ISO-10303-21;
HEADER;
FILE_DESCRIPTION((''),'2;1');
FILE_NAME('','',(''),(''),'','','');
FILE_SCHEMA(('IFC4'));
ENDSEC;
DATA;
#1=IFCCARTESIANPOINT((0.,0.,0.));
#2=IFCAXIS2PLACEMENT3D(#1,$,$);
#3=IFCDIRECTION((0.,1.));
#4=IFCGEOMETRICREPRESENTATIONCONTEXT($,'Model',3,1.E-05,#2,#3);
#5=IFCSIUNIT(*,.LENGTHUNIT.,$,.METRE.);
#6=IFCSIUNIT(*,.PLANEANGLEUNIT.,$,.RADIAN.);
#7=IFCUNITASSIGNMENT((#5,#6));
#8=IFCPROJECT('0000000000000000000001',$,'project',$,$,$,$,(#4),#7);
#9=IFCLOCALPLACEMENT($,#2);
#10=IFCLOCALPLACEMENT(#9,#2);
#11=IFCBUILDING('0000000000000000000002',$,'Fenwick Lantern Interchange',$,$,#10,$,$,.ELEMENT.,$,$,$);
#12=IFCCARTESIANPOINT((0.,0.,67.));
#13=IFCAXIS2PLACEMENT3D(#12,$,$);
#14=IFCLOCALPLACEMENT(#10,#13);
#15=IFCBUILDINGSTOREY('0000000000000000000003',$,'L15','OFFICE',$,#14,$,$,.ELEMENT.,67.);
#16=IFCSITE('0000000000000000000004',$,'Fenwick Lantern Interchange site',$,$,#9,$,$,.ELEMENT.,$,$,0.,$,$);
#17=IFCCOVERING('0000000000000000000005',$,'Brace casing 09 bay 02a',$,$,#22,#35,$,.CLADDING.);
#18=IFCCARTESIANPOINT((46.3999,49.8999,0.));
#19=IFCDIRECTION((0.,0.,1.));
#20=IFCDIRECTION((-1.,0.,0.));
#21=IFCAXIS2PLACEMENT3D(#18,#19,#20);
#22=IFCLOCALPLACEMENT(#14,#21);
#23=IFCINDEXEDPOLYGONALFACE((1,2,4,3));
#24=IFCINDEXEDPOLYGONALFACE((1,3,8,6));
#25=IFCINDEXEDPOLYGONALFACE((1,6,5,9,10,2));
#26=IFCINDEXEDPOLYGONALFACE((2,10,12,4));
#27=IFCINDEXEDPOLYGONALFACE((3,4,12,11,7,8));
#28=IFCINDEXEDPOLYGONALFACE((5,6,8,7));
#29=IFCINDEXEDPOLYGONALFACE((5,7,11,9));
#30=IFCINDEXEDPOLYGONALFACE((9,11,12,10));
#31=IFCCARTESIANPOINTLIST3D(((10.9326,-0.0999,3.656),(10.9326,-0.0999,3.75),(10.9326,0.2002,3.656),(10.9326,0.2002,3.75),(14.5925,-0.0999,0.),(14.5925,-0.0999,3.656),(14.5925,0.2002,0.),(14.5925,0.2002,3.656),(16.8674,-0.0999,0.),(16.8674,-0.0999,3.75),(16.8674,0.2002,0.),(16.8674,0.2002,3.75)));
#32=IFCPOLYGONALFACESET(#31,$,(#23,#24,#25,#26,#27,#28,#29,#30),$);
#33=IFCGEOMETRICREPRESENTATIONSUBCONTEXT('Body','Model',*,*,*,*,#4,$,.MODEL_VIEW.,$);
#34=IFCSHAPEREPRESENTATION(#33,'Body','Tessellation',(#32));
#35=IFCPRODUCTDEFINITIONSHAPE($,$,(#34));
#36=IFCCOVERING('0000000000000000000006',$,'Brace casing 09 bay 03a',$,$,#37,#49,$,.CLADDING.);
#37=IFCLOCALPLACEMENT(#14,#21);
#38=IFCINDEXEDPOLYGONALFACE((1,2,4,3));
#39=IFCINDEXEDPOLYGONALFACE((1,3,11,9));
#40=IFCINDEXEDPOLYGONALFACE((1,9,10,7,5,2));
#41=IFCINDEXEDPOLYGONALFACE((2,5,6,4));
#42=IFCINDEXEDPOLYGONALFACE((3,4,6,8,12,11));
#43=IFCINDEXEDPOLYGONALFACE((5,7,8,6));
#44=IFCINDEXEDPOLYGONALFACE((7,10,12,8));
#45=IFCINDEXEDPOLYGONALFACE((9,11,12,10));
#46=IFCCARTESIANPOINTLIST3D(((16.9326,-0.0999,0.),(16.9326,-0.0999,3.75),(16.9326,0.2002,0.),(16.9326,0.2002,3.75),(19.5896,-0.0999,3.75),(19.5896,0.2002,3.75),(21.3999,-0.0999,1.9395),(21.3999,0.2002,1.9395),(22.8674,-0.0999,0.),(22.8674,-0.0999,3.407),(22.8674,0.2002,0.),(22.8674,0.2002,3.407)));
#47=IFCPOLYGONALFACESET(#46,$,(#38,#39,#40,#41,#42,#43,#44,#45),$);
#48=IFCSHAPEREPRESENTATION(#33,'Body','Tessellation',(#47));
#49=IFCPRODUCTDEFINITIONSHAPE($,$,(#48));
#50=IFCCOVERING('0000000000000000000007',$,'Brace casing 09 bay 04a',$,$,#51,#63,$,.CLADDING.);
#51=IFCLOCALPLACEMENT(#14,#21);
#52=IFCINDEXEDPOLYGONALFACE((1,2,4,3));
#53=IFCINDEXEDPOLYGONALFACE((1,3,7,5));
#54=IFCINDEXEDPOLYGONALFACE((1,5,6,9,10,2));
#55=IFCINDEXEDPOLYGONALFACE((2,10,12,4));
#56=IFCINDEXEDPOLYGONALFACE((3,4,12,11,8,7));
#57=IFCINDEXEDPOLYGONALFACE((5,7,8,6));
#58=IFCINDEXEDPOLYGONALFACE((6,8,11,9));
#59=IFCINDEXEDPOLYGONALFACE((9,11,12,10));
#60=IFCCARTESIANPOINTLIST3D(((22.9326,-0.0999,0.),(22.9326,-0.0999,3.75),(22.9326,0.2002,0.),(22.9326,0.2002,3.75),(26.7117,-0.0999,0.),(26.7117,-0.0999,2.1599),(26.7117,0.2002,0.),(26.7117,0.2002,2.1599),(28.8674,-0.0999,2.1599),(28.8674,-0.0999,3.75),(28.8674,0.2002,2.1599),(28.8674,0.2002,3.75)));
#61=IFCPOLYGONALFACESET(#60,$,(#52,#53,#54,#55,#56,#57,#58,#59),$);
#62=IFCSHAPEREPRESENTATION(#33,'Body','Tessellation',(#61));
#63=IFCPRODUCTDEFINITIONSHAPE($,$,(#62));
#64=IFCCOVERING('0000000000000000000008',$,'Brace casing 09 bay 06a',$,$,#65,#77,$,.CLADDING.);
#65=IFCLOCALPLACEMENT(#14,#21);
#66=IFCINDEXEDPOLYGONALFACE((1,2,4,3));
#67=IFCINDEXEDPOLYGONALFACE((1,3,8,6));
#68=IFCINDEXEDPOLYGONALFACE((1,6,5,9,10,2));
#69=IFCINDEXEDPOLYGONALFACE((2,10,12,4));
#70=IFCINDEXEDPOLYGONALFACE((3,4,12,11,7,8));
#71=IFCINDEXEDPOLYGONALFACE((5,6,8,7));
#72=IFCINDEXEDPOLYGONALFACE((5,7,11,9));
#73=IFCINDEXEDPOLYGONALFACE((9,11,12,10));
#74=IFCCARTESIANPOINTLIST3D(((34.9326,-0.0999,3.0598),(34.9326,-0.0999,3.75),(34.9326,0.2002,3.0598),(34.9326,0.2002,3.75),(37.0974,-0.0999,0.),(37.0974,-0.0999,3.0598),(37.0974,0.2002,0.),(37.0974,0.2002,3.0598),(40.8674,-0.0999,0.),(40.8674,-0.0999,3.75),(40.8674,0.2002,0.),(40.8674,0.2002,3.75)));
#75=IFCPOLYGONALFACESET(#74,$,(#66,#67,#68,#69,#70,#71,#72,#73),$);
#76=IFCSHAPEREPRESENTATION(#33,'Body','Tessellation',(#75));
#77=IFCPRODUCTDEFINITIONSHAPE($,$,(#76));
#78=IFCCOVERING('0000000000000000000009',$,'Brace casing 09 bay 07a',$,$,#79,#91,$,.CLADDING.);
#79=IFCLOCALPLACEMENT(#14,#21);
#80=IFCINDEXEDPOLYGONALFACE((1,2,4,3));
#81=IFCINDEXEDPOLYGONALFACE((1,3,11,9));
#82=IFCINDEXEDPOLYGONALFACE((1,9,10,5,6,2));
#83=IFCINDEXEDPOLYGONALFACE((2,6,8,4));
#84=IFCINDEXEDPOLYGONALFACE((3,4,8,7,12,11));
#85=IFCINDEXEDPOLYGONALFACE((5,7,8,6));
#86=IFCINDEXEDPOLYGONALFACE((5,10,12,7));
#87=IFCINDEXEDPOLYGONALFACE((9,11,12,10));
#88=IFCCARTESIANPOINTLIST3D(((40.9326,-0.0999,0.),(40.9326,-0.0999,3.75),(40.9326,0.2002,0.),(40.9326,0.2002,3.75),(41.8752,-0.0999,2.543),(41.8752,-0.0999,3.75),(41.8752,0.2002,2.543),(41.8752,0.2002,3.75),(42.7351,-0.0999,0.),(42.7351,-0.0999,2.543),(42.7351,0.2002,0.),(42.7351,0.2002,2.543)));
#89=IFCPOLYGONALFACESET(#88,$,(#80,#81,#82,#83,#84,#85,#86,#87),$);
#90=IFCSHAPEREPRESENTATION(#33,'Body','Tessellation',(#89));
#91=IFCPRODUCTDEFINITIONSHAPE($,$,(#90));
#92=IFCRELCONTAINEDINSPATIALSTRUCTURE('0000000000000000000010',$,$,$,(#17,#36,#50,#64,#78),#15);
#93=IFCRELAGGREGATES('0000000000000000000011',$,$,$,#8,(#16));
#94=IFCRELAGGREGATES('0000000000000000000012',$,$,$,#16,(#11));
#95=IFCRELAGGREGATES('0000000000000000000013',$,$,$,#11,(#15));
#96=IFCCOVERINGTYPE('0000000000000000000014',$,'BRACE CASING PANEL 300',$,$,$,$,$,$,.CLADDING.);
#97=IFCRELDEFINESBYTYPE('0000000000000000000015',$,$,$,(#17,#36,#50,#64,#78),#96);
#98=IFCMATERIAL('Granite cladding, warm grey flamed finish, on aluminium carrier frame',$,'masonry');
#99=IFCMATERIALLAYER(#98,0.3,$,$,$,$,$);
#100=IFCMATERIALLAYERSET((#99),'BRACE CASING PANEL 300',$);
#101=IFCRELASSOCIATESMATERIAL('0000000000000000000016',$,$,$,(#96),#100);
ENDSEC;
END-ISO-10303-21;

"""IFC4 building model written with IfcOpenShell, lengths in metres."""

from ifc_helpers import new_model, si_unit, direction, frame, origin, place, context, subcontext, project, spatial, polyline, outline, extrude, material, layer, layer_set, type_object, element, save


model = new_model("IFC4")

# Units and contexts
model_context = context("Model", 3, precision=1e-05, world=origin(), true_north=direction((0.0, 1.0)))
body_context = subcontext(model_context, "Body", "Model", "MODEL_VIEW")
ifc_project = project(units=[si_unit("LENGTHUNIT", "METRE"), si_unit("PLANEANGLEUNIT", "RADIAN")], contexts=[model_context])

# Site, building, storey
site_placement = place(None, origin())
site = spatial("IfcSite", under=ifc_project, at=site_placement, Name="Fenwick Lantern Interchange site", CompositionType="ELEMENT", RefElevation=0.0)
building_placement = place(site_placement, origin())
building = spatial("IfcBuilding", under=site, at=building_placement, Name="Fenwick Lantern Interchange", CompositionType="ELEMENT")
storey_placement = place(building_placement, frame((0.0, 0.0, 67.0)))
storey = spatial("IfcBuildingStorey", under=building, at=storey_placement, Name="L15", Description="OFFICE", CompositionType="ELEMENT", Elevation=67.0)

# Coverings
ifc_material_1 = material(Name="Granite cladding, warm grey flamed finish, on aluminium carrier frame", Category="masonry")
ifc_layer_1 = layer(ifc_material_1, 0.3)
ifc_layer_set_1 = layer_set([ifc_layer_1], Name="BRACE CASING PANEL 300")
covering_type = type_object("IfcCoveringType", Name="BRACE CASING PANEL 300", PredefinedType="CLADDING", material=ifc_layer_set_1)
covering_1_placement = place(storey_placement, frame((46.3999, 49.8999, 0.0), z_axis=(0.0, 0.0, 1.0), x_axis=(-1.0, 0.0, 0.0)))
element("IfcCovering", 1, at=covering_1_placement, inside=storey, type_object=covering_type, Name="Brace casing 09 bay 02a", PredefinedType="CLADDING", context=body_context, shape_type="SweptSolid", body=[
    extrude(outline(polyline([(14.5925, 0.0), (16.8674, 0.0), (16.8674, 3.75), (10.9326, 3.75), (10.9326, 3.656), (14.5925, 3.656), (14.5925, 0.0)])), frame((0.0, 0.2002, 0.0), z_axis=(0.0, -1.0, 0.0), x_axis=(1.0, 0.0, 0.0)), (0.0, 0.0, 1.0), 0.3),
])
covering_2_placement = place(storey_placement, frame((46.3999, 49.8999, 0.0), z_axis=(0.0, 0.0, 1.0), x_axis=(-1.0, 0.0, 0.0)))
element("IfcCovering", 2, at=covering_2_placement, inside=storey, type_object=covering_type, Name="Brace casing 09 bay 03a", PredefinedType="CLADDING", context=body_context, shape_type="SweptSolid", body=[
    extrude(outline(polyline([(16.9326, 0.0), (22.8674, 0.0), (22.8674, 3.407), (21.3999, 1.9395), (19.5896, 3.75), (16.9326, 3.75), (16.9326, 0.0)])), frame((0.0, 0.2002, 0.0), z_axis=(0.0, -1.0, 0.0), x_axis=(1.0, 0.0, 0.0)), (0.0, 0.0, 1.0), 0.3),
])
covering_3_placement = place(storey_placement, frame((46.3999, 49.8999, 0.0), z_axis=(0.0, 0.0, 1.0), x_axis=(-1.0, 0.0, 0.0)))
element("IfcCovering", 3, at=covering_3_placement, inside=storey, type_object=covering_type, Name="Brace casing 09 bay 04a", PredefinedType="CLADDING", context=body_context, shape_type="SweptSolid", body=[
    extrude(outline(polyline([(22.9326, 0.0), (26.7117, 0.0), (26.7117, 2.1599), (28.8674, 2.1599), (28.8674, 3.75), (22.9326, 3.75), (22.9326, 0.0)])), frame((0.0, 0.2002, 0.0), z_axis=(0.0, -1.0, 0.0), x_axis=(1.0, 0.0, 0.0)), (0.0, 0.0, 1.0), 0.3),
])
covering_4_placement = place(storey_placement, frame((46.3999, 49.8999, 0.0), z_axis=(0.0, 0.0, 1.0), x_axis=(-1.0, 0.0, 0.0)))
element("IfcCovering", 4, at=covering_4_placement, inside=storey, type_object=covering_type, Name="Brace casing 09 bay 06a", PredefinedType="CLADDING", context=body_context, shape_type="SweptSolid", body=[
    extrude(outline(polyline([(37.0974, 0.0), (40.8674, 0.0), (40.8674, 3.75), (34.9326, 3.75), (34.9326, 3.0598), (37.0974, 3.0598), (37.0974, 0.0)])), frame((0.0, 0.2002, 0.0), z_axis=(0.0, -1.0, 0.0), x_axis=(1.0, 0.0, 0.0)), (0.0, 0.0, 1.0), 0.3),
])
covering_5_placement = place(storey_placement, frame((46.3999, 49.8999, 0.0), z_axis=(0.0, 0.0, 1.0), x_axis=(-1.0, 0.0, 0.0)))
element("IfcCovering", 5, at=covering_5_placement, inside=storey, type_object=covering_type, Name="Brace casing 09 bay 07a", PredefinedType="CLADDING", context=body_context, shape_type="SweptSolid", body=[
    extrude(outline(polyline([(40.9326, 0.0), (42.7351, 0.0), (42.7351, 2.543), (41.8752, 2.543), (41.8752, 3.75), (40.9326, 3.75), (40.9326, 0.0)])), frame((0.0, 0.2002, 0.0), z_axis=(0.0, -1.0, 0.0), x_axis=(1.0, 0.0, 0.0)), (0.0, 0.0, 1.0), 0.3),
])

save(model, "model.ifc")
